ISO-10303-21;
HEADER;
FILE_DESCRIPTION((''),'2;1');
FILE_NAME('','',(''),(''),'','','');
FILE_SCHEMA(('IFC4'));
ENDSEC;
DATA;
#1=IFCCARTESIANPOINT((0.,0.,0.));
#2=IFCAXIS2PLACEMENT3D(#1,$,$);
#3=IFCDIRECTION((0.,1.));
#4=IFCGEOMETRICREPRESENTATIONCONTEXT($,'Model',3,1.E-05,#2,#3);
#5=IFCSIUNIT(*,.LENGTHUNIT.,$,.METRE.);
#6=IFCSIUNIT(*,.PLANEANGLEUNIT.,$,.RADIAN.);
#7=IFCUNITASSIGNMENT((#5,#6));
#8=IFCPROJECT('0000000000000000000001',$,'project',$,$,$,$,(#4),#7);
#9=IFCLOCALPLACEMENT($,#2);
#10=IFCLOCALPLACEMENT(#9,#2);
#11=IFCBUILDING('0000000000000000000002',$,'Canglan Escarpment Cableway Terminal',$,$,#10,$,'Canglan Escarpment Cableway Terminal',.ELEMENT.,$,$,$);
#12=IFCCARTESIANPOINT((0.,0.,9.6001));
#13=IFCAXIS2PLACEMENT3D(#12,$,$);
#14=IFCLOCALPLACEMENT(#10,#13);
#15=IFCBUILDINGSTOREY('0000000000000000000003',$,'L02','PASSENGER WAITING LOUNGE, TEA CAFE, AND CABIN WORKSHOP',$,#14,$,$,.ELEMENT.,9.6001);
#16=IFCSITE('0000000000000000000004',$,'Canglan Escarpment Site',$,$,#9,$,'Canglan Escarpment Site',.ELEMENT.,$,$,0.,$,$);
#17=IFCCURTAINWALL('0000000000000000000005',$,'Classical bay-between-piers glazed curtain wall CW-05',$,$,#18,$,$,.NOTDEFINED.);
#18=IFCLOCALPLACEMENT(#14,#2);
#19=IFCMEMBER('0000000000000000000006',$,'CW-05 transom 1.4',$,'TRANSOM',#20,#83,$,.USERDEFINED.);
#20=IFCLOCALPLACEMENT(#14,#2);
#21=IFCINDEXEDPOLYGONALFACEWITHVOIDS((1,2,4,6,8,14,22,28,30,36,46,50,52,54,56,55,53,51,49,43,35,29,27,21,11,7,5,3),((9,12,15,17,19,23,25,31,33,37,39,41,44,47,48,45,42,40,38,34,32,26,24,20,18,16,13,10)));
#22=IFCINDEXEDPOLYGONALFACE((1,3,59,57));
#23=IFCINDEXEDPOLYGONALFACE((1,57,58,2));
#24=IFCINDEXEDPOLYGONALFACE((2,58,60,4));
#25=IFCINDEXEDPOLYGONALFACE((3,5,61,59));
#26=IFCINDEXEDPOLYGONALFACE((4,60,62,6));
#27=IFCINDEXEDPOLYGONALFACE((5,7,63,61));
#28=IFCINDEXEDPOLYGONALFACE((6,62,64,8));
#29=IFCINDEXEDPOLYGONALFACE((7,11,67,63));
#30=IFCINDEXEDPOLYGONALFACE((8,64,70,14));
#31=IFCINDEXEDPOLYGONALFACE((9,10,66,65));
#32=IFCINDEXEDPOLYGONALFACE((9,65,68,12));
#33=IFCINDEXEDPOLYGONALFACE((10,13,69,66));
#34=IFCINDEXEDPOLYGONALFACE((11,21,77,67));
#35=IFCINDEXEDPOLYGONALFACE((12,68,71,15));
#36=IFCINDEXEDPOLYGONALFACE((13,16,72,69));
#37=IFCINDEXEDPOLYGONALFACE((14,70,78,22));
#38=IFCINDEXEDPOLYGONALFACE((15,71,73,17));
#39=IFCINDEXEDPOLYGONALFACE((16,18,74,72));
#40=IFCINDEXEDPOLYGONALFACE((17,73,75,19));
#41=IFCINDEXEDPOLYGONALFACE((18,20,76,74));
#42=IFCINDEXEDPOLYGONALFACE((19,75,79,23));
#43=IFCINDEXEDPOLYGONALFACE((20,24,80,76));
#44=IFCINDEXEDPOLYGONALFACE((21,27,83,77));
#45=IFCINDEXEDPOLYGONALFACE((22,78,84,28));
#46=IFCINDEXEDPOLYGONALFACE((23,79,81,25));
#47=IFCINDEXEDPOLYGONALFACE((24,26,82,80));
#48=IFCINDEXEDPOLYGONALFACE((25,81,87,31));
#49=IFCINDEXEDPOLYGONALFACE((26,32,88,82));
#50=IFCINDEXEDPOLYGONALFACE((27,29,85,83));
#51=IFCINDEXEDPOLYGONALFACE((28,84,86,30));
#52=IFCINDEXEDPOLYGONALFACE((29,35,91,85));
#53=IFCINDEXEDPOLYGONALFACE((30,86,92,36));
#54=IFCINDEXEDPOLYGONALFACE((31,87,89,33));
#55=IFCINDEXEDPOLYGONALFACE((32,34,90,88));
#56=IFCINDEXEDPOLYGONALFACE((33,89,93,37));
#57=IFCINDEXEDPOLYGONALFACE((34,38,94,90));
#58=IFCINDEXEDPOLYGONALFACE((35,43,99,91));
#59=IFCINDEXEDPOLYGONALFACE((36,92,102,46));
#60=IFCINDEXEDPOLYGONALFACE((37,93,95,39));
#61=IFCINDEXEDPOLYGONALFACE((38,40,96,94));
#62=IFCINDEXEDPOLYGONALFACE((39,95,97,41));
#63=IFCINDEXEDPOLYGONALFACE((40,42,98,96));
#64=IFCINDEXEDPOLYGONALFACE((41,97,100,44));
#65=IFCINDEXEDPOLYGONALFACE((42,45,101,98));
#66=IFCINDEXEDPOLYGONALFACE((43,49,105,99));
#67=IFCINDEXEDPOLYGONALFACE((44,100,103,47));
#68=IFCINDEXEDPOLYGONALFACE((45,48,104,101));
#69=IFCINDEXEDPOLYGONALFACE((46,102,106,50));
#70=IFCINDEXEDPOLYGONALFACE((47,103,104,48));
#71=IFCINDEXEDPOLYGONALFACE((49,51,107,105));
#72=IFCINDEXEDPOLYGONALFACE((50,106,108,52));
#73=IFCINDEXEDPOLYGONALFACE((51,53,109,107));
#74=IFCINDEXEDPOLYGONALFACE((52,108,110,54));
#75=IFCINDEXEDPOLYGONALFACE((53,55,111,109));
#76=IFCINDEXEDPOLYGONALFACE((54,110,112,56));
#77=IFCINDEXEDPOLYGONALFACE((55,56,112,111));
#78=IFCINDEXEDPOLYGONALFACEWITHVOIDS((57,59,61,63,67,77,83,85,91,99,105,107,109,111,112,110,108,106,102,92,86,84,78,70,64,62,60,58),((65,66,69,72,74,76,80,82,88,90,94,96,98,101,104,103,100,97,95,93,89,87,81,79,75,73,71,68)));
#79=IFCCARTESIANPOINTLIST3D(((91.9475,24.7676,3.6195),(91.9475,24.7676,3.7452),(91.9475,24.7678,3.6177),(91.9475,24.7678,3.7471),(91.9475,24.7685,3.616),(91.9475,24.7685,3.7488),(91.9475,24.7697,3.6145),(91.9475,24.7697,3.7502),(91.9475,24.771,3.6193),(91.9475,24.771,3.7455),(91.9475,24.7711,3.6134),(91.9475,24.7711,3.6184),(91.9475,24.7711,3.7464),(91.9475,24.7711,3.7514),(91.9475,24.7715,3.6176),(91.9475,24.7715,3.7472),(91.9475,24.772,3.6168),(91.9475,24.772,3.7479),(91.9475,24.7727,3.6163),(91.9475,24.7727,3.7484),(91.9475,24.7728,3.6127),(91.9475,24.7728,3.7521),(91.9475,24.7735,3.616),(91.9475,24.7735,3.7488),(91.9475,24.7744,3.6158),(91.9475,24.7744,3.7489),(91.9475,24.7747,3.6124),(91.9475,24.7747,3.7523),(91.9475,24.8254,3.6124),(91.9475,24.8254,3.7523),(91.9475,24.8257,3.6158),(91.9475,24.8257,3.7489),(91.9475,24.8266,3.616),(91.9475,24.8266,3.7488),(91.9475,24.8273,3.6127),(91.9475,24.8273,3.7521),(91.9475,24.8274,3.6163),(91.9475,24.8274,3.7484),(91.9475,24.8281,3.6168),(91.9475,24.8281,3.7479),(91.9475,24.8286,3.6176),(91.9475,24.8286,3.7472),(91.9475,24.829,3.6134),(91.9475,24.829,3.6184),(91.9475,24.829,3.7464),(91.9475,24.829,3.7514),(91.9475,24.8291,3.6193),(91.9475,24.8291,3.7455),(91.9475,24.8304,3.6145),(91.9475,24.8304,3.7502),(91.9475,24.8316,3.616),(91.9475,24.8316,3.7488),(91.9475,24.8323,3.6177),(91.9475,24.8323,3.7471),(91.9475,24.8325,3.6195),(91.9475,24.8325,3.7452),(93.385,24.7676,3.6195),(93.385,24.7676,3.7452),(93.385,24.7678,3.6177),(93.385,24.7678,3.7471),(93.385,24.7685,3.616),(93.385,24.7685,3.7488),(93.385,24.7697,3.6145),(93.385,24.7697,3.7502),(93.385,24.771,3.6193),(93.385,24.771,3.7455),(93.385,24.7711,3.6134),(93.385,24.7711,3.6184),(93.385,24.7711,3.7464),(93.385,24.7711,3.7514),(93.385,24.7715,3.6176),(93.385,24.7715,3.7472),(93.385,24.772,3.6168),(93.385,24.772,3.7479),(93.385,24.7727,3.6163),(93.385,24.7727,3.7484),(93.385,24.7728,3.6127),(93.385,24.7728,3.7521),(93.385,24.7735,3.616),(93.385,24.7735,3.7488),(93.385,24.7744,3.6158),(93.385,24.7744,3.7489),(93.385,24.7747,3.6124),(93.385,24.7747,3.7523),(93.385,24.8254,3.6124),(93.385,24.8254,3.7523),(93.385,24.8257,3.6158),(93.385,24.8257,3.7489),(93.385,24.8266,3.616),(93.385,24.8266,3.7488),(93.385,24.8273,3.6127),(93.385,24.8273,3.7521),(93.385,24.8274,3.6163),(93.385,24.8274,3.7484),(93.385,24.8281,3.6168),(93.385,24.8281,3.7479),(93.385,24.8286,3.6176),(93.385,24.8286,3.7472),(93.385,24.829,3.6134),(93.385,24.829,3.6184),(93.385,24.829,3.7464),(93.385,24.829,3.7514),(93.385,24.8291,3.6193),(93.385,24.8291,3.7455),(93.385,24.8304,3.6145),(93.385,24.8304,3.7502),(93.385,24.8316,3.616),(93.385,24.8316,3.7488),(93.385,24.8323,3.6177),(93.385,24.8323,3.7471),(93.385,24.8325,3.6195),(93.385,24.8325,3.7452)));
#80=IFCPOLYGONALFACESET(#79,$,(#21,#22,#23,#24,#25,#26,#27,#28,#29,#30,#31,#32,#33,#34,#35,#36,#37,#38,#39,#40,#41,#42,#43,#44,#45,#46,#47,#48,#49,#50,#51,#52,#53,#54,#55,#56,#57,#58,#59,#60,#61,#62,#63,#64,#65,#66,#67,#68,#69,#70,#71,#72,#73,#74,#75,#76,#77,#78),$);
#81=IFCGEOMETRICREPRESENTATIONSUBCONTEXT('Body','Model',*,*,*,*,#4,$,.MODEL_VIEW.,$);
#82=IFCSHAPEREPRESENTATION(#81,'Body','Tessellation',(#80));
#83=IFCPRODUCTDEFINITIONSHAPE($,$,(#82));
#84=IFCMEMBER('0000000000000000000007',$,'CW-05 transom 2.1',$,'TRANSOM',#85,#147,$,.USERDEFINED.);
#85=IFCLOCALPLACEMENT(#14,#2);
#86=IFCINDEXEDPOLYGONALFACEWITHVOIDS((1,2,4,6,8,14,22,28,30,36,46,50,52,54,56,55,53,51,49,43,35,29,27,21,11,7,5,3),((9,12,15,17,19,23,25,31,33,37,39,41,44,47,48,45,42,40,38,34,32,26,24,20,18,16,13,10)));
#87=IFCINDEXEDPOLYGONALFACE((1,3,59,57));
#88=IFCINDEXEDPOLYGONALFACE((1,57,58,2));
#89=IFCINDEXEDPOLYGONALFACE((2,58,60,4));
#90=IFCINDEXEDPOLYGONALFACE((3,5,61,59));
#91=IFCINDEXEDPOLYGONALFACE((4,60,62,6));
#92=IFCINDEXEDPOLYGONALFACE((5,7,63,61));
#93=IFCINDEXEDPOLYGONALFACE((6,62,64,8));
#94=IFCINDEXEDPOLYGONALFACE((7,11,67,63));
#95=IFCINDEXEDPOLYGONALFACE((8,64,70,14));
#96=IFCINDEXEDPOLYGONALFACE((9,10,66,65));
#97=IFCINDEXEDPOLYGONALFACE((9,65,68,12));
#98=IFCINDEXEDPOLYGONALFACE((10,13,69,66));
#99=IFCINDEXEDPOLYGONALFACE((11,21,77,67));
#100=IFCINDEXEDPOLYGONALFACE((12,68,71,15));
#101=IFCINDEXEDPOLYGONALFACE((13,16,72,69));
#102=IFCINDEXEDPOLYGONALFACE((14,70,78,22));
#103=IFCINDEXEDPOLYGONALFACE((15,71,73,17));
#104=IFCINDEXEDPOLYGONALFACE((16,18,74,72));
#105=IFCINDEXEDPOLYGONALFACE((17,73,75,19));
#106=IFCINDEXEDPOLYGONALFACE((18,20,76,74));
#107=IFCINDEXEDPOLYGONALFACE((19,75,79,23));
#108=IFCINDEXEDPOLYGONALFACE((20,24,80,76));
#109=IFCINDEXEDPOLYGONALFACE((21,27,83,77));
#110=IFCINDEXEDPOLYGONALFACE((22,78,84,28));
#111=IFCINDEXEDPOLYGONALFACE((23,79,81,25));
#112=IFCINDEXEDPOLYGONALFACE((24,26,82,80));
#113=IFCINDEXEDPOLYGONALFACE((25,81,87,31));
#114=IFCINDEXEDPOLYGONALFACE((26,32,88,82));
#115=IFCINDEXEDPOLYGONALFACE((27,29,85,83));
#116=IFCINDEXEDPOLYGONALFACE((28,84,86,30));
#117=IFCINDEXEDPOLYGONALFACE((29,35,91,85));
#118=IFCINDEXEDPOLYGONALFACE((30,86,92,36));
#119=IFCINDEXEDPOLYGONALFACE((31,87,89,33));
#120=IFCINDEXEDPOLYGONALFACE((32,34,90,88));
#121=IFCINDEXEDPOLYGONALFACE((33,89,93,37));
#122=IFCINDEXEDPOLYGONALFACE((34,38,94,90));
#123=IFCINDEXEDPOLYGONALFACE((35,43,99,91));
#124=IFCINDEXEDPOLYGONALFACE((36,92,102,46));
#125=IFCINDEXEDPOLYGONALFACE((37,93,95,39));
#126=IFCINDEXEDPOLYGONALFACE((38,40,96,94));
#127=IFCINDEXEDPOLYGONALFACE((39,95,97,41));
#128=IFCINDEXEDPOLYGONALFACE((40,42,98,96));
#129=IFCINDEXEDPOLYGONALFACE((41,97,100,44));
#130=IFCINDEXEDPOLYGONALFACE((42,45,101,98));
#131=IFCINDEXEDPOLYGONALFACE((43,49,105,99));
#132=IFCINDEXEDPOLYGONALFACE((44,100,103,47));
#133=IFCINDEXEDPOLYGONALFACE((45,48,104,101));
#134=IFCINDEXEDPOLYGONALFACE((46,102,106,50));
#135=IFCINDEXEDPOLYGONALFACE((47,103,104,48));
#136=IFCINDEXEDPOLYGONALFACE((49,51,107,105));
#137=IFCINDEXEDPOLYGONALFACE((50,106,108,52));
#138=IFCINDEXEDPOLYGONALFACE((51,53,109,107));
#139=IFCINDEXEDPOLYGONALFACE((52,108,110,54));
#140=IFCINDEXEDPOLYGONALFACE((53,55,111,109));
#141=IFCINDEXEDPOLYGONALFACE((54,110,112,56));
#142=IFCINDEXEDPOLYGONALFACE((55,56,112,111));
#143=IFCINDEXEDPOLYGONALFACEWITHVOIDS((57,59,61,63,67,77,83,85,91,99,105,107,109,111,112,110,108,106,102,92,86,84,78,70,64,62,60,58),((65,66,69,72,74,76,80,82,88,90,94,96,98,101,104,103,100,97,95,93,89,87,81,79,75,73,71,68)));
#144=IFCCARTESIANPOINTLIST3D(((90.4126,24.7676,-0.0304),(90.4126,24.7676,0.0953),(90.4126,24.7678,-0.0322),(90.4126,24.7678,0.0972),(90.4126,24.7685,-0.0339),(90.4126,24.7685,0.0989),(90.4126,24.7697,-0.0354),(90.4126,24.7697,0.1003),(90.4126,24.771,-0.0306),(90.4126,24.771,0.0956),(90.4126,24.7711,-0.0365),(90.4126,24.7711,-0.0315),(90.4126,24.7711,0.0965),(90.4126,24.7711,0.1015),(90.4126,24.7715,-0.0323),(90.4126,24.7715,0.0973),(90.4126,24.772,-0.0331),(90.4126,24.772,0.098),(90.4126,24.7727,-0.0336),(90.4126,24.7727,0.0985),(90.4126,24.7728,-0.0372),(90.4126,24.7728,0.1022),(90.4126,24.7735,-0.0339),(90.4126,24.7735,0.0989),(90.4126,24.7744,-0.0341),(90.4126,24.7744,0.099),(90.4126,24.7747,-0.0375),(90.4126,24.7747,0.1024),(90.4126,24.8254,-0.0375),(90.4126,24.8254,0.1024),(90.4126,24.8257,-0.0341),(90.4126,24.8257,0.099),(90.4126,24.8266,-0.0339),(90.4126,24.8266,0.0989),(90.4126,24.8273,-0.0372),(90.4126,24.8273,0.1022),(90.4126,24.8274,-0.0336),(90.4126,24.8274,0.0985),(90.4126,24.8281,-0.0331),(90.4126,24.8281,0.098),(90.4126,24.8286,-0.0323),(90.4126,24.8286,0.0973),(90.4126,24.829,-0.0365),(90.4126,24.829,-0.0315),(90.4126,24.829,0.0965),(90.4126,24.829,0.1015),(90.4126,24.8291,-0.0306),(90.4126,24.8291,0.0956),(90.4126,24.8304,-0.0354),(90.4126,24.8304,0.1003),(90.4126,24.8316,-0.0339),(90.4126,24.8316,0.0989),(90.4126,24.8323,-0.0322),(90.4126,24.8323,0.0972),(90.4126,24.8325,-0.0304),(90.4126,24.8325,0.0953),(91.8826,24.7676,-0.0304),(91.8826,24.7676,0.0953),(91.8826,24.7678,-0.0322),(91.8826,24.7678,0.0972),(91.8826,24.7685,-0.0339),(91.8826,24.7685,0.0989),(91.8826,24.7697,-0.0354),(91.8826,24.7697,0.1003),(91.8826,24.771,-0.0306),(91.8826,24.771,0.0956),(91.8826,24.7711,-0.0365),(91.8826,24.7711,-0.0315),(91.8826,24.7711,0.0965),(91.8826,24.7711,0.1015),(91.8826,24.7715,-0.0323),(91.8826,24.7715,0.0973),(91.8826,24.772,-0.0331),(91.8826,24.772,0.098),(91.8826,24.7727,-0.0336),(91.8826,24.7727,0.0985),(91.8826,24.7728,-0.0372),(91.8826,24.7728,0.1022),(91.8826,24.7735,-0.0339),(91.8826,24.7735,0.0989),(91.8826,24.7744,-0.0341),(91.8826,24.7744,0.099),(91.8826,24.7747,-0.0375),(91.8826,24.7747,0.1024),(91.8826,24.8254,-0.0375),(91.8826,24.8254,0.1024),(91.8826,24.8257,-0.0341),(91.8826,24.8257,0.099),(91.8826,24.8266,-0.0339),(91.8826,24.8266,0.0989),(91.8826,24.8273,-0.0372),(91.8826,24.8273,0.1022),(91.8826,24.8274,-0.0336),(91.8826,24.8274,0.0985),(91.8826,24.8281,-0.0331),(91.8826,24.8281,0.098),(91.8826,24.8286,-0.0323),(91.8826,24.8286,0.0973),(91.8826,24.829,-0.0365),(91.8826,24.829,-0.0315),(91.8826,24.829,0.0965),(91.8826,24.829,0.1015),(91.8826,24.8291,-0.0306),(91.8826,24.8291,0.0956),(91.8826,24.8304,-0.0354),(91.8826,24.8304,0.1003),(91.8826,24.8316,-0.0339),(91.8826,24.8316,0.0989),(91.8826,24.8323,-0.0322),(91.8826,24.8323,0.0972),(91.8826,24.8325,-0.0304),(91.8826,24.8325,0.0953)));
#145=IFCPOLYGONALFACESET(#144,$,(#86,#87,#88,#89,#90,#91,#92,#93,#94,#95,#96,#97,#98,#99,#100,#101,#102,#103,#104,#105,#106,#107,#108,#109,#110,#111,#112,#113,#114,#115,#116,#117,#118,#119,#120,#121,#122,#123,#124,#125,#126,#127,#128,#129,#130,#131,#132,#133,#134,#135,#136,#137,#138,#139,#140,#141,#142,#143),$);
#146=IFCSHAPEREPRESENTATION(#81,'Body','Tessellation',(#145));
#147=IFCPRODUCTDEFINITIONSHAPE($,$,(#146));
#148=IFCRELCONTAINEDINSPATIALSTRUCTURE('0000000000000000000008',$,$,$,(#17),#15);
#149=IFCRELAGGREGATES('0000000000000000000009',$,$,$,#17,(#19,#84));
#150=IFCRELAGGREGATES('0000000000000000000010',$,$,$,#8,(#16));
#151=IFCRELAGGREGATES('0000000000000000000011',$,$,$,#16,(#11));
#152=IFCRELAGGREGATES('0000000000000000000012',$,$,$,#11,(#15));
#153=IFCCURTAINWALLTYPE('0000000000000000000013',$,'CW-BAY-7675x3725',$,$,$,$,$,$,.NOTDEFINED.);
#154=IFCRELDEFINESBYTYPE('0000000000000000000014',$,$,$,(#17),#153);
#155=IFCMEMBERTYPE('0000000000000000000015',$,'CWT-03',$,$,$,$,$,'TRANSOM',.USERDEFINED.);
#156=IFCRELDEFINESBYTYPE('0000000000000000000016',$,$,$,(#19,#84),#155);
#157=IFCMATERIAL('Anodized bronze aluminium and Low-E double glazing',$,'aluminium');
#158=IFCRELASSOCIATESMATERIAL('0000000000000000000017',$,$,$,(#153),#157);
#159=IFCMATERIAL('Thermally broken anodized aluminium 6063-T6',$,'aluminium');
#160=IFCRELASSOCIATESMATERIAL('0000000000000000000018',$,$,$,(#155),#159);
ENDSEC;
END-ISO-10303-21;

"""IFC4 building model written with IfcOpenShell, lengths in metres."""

from ifc_helpers import new_model, si_unit, direction, frame, origin, origin_2d, place, context, subcontext, project, spatial, hollow_rectangle, extrude, material, material_profile, profile_set, type_object, element, aggregate, save


model = new_model("IFC4")

# Units and contexts
model_context = context("Model", 3, precision=1e-05, world=origin(), true_north=direction((0.0, 1.0)))
body_context = subcontext(model_context, "Body", "Model", "MODEL_VIEW")
ifc_project = project(units=[si_unit("LENGTHUNIT", "METRE"), si_unit("PLANEANGLEUNIT", "RADIAN")], contexts=[model_context])

# Site, building, storey
site_placement = place(None, origin())
site = spatial("IfcSite", under=ifc_project, at=site_placement, Name="Canglan Escarpment Site", LongName="Canglan Escarpment Site", CompositionType="ELEMENT", RefElevation=0.0)
building_placement = place(site_placement, origin())
building = spatial("IfcBuilding", under=site, at=building_placement, Name="Canglan Escarpment Cableway Terminal", LongName="Canglan Escarpment Cableway Terminal", CompositionType="ELEMENT")
storey_placement = place(building_placement, frame((0.0, 0.0, 9.6001)))
storey = spatial("IfcBuildingStorey", under=building, at=storey_placement, Name="L02", Description="PASSENGER WAITING LOUNGE, TEA CAFE, AND CABIN WORKSHOP", CompositionType="ELEMENT", Elevation=9.6001)

# Curtain wall, members
ifc_material_1 = material(Name="Anodized bronze aluminium and Low-E double glazing", Category="aluminium")
curtain_wall_type = type_object("IfcCurtainWallType", Name="CW-BAY-7675x3725", PredefinedType="NOTDEFINED", material=ifc_material_1)
curtain_wall_placement = place(storey_placement, origin())
curtain_wall = element("IfcCurtainWall", 1, at=curtain_wall_placement, inside=storey, type_object=curtain_wall_type, Name="Classical bay-between-piers glazed curtain wall CW-05", PredefinedType="NOTDEFINED")
ifc_material_2 = material(Name="Thermally broken anodized aluminium 6063-T6", Category="aluminium")
ifc_material_profile_1 = material_profile(ifc_material_2, hollow_rectangle(XDim=0.0649, YDim=0.1399, WallThickness=0.0034, InnerFilletRadius=0.0034, OuterFilletRadius=0.0071, at=origin_2d()), Name="ALU-TRAN 65x140x3.5")
ifc_profile_set_1 = profile_set([ifc_material_profile_1], Name="Thermally broken anodized aluminium 6063-T6")
member_type_1 = type_object("IfcMemberType", Name="CWT-03", ElementType="TRANSOM", PredefinedType="USERDEFINED", material=ifc_profile_set_1)
member_1_placement = place(storey_placement, frame((93.385, 24.8, 3.6824), z_axis=(-1.0, 0.0, 0.0), x_axis=(0.0, -1.0, 0.0)))
member_1 = element("IfcMember", 2, at=member_1_placement, type_object=member_type_1, Name="CW-05 transom 1.4", ObjectType="TRANSOM", PredefinedType="USERDEFINED", context=body_context, shape_type="SweptSolid", body=[
    extrude(hollow_rectangle(XDim=0.0649, YDim=0.1399, WallThickness=0.0034, InnerFilletRadius=0.0034, OuterFilletRadius=0.0071, at=origin_2d()), origin(), (0.0, 0.0, 1.0), 1.4375),
])
member_2_placement = place(storey_placement, frame((91.8826, 24.8, 0.0325), z_axis=(-1.0, 0.0, 0.0), x_axis=(0.0, -1.0, 0.0)))
member_2 = element("IfcMember", 3, at=member_2_placement, type_object=member_type_1, Name="CW-05 transom 2.1", ObjectType="TRANSOM", PredefinedType="USERDEFINED", context=body_context, shape_type="SweptSolid", body=[
    extrude(hollow_rectangle(XDim=0.0649, YDim=0.1399, WallThickness=0.0034, InnerFilletRadius=0.0034, OuterFilletRadius=0.0071, at=origin_2d()), origin(), (0.0, 0.0, 1.0), 1.47),
])
aggregate(curtain_wall, [member_1, member_2])

save(model, "model.ifc")
